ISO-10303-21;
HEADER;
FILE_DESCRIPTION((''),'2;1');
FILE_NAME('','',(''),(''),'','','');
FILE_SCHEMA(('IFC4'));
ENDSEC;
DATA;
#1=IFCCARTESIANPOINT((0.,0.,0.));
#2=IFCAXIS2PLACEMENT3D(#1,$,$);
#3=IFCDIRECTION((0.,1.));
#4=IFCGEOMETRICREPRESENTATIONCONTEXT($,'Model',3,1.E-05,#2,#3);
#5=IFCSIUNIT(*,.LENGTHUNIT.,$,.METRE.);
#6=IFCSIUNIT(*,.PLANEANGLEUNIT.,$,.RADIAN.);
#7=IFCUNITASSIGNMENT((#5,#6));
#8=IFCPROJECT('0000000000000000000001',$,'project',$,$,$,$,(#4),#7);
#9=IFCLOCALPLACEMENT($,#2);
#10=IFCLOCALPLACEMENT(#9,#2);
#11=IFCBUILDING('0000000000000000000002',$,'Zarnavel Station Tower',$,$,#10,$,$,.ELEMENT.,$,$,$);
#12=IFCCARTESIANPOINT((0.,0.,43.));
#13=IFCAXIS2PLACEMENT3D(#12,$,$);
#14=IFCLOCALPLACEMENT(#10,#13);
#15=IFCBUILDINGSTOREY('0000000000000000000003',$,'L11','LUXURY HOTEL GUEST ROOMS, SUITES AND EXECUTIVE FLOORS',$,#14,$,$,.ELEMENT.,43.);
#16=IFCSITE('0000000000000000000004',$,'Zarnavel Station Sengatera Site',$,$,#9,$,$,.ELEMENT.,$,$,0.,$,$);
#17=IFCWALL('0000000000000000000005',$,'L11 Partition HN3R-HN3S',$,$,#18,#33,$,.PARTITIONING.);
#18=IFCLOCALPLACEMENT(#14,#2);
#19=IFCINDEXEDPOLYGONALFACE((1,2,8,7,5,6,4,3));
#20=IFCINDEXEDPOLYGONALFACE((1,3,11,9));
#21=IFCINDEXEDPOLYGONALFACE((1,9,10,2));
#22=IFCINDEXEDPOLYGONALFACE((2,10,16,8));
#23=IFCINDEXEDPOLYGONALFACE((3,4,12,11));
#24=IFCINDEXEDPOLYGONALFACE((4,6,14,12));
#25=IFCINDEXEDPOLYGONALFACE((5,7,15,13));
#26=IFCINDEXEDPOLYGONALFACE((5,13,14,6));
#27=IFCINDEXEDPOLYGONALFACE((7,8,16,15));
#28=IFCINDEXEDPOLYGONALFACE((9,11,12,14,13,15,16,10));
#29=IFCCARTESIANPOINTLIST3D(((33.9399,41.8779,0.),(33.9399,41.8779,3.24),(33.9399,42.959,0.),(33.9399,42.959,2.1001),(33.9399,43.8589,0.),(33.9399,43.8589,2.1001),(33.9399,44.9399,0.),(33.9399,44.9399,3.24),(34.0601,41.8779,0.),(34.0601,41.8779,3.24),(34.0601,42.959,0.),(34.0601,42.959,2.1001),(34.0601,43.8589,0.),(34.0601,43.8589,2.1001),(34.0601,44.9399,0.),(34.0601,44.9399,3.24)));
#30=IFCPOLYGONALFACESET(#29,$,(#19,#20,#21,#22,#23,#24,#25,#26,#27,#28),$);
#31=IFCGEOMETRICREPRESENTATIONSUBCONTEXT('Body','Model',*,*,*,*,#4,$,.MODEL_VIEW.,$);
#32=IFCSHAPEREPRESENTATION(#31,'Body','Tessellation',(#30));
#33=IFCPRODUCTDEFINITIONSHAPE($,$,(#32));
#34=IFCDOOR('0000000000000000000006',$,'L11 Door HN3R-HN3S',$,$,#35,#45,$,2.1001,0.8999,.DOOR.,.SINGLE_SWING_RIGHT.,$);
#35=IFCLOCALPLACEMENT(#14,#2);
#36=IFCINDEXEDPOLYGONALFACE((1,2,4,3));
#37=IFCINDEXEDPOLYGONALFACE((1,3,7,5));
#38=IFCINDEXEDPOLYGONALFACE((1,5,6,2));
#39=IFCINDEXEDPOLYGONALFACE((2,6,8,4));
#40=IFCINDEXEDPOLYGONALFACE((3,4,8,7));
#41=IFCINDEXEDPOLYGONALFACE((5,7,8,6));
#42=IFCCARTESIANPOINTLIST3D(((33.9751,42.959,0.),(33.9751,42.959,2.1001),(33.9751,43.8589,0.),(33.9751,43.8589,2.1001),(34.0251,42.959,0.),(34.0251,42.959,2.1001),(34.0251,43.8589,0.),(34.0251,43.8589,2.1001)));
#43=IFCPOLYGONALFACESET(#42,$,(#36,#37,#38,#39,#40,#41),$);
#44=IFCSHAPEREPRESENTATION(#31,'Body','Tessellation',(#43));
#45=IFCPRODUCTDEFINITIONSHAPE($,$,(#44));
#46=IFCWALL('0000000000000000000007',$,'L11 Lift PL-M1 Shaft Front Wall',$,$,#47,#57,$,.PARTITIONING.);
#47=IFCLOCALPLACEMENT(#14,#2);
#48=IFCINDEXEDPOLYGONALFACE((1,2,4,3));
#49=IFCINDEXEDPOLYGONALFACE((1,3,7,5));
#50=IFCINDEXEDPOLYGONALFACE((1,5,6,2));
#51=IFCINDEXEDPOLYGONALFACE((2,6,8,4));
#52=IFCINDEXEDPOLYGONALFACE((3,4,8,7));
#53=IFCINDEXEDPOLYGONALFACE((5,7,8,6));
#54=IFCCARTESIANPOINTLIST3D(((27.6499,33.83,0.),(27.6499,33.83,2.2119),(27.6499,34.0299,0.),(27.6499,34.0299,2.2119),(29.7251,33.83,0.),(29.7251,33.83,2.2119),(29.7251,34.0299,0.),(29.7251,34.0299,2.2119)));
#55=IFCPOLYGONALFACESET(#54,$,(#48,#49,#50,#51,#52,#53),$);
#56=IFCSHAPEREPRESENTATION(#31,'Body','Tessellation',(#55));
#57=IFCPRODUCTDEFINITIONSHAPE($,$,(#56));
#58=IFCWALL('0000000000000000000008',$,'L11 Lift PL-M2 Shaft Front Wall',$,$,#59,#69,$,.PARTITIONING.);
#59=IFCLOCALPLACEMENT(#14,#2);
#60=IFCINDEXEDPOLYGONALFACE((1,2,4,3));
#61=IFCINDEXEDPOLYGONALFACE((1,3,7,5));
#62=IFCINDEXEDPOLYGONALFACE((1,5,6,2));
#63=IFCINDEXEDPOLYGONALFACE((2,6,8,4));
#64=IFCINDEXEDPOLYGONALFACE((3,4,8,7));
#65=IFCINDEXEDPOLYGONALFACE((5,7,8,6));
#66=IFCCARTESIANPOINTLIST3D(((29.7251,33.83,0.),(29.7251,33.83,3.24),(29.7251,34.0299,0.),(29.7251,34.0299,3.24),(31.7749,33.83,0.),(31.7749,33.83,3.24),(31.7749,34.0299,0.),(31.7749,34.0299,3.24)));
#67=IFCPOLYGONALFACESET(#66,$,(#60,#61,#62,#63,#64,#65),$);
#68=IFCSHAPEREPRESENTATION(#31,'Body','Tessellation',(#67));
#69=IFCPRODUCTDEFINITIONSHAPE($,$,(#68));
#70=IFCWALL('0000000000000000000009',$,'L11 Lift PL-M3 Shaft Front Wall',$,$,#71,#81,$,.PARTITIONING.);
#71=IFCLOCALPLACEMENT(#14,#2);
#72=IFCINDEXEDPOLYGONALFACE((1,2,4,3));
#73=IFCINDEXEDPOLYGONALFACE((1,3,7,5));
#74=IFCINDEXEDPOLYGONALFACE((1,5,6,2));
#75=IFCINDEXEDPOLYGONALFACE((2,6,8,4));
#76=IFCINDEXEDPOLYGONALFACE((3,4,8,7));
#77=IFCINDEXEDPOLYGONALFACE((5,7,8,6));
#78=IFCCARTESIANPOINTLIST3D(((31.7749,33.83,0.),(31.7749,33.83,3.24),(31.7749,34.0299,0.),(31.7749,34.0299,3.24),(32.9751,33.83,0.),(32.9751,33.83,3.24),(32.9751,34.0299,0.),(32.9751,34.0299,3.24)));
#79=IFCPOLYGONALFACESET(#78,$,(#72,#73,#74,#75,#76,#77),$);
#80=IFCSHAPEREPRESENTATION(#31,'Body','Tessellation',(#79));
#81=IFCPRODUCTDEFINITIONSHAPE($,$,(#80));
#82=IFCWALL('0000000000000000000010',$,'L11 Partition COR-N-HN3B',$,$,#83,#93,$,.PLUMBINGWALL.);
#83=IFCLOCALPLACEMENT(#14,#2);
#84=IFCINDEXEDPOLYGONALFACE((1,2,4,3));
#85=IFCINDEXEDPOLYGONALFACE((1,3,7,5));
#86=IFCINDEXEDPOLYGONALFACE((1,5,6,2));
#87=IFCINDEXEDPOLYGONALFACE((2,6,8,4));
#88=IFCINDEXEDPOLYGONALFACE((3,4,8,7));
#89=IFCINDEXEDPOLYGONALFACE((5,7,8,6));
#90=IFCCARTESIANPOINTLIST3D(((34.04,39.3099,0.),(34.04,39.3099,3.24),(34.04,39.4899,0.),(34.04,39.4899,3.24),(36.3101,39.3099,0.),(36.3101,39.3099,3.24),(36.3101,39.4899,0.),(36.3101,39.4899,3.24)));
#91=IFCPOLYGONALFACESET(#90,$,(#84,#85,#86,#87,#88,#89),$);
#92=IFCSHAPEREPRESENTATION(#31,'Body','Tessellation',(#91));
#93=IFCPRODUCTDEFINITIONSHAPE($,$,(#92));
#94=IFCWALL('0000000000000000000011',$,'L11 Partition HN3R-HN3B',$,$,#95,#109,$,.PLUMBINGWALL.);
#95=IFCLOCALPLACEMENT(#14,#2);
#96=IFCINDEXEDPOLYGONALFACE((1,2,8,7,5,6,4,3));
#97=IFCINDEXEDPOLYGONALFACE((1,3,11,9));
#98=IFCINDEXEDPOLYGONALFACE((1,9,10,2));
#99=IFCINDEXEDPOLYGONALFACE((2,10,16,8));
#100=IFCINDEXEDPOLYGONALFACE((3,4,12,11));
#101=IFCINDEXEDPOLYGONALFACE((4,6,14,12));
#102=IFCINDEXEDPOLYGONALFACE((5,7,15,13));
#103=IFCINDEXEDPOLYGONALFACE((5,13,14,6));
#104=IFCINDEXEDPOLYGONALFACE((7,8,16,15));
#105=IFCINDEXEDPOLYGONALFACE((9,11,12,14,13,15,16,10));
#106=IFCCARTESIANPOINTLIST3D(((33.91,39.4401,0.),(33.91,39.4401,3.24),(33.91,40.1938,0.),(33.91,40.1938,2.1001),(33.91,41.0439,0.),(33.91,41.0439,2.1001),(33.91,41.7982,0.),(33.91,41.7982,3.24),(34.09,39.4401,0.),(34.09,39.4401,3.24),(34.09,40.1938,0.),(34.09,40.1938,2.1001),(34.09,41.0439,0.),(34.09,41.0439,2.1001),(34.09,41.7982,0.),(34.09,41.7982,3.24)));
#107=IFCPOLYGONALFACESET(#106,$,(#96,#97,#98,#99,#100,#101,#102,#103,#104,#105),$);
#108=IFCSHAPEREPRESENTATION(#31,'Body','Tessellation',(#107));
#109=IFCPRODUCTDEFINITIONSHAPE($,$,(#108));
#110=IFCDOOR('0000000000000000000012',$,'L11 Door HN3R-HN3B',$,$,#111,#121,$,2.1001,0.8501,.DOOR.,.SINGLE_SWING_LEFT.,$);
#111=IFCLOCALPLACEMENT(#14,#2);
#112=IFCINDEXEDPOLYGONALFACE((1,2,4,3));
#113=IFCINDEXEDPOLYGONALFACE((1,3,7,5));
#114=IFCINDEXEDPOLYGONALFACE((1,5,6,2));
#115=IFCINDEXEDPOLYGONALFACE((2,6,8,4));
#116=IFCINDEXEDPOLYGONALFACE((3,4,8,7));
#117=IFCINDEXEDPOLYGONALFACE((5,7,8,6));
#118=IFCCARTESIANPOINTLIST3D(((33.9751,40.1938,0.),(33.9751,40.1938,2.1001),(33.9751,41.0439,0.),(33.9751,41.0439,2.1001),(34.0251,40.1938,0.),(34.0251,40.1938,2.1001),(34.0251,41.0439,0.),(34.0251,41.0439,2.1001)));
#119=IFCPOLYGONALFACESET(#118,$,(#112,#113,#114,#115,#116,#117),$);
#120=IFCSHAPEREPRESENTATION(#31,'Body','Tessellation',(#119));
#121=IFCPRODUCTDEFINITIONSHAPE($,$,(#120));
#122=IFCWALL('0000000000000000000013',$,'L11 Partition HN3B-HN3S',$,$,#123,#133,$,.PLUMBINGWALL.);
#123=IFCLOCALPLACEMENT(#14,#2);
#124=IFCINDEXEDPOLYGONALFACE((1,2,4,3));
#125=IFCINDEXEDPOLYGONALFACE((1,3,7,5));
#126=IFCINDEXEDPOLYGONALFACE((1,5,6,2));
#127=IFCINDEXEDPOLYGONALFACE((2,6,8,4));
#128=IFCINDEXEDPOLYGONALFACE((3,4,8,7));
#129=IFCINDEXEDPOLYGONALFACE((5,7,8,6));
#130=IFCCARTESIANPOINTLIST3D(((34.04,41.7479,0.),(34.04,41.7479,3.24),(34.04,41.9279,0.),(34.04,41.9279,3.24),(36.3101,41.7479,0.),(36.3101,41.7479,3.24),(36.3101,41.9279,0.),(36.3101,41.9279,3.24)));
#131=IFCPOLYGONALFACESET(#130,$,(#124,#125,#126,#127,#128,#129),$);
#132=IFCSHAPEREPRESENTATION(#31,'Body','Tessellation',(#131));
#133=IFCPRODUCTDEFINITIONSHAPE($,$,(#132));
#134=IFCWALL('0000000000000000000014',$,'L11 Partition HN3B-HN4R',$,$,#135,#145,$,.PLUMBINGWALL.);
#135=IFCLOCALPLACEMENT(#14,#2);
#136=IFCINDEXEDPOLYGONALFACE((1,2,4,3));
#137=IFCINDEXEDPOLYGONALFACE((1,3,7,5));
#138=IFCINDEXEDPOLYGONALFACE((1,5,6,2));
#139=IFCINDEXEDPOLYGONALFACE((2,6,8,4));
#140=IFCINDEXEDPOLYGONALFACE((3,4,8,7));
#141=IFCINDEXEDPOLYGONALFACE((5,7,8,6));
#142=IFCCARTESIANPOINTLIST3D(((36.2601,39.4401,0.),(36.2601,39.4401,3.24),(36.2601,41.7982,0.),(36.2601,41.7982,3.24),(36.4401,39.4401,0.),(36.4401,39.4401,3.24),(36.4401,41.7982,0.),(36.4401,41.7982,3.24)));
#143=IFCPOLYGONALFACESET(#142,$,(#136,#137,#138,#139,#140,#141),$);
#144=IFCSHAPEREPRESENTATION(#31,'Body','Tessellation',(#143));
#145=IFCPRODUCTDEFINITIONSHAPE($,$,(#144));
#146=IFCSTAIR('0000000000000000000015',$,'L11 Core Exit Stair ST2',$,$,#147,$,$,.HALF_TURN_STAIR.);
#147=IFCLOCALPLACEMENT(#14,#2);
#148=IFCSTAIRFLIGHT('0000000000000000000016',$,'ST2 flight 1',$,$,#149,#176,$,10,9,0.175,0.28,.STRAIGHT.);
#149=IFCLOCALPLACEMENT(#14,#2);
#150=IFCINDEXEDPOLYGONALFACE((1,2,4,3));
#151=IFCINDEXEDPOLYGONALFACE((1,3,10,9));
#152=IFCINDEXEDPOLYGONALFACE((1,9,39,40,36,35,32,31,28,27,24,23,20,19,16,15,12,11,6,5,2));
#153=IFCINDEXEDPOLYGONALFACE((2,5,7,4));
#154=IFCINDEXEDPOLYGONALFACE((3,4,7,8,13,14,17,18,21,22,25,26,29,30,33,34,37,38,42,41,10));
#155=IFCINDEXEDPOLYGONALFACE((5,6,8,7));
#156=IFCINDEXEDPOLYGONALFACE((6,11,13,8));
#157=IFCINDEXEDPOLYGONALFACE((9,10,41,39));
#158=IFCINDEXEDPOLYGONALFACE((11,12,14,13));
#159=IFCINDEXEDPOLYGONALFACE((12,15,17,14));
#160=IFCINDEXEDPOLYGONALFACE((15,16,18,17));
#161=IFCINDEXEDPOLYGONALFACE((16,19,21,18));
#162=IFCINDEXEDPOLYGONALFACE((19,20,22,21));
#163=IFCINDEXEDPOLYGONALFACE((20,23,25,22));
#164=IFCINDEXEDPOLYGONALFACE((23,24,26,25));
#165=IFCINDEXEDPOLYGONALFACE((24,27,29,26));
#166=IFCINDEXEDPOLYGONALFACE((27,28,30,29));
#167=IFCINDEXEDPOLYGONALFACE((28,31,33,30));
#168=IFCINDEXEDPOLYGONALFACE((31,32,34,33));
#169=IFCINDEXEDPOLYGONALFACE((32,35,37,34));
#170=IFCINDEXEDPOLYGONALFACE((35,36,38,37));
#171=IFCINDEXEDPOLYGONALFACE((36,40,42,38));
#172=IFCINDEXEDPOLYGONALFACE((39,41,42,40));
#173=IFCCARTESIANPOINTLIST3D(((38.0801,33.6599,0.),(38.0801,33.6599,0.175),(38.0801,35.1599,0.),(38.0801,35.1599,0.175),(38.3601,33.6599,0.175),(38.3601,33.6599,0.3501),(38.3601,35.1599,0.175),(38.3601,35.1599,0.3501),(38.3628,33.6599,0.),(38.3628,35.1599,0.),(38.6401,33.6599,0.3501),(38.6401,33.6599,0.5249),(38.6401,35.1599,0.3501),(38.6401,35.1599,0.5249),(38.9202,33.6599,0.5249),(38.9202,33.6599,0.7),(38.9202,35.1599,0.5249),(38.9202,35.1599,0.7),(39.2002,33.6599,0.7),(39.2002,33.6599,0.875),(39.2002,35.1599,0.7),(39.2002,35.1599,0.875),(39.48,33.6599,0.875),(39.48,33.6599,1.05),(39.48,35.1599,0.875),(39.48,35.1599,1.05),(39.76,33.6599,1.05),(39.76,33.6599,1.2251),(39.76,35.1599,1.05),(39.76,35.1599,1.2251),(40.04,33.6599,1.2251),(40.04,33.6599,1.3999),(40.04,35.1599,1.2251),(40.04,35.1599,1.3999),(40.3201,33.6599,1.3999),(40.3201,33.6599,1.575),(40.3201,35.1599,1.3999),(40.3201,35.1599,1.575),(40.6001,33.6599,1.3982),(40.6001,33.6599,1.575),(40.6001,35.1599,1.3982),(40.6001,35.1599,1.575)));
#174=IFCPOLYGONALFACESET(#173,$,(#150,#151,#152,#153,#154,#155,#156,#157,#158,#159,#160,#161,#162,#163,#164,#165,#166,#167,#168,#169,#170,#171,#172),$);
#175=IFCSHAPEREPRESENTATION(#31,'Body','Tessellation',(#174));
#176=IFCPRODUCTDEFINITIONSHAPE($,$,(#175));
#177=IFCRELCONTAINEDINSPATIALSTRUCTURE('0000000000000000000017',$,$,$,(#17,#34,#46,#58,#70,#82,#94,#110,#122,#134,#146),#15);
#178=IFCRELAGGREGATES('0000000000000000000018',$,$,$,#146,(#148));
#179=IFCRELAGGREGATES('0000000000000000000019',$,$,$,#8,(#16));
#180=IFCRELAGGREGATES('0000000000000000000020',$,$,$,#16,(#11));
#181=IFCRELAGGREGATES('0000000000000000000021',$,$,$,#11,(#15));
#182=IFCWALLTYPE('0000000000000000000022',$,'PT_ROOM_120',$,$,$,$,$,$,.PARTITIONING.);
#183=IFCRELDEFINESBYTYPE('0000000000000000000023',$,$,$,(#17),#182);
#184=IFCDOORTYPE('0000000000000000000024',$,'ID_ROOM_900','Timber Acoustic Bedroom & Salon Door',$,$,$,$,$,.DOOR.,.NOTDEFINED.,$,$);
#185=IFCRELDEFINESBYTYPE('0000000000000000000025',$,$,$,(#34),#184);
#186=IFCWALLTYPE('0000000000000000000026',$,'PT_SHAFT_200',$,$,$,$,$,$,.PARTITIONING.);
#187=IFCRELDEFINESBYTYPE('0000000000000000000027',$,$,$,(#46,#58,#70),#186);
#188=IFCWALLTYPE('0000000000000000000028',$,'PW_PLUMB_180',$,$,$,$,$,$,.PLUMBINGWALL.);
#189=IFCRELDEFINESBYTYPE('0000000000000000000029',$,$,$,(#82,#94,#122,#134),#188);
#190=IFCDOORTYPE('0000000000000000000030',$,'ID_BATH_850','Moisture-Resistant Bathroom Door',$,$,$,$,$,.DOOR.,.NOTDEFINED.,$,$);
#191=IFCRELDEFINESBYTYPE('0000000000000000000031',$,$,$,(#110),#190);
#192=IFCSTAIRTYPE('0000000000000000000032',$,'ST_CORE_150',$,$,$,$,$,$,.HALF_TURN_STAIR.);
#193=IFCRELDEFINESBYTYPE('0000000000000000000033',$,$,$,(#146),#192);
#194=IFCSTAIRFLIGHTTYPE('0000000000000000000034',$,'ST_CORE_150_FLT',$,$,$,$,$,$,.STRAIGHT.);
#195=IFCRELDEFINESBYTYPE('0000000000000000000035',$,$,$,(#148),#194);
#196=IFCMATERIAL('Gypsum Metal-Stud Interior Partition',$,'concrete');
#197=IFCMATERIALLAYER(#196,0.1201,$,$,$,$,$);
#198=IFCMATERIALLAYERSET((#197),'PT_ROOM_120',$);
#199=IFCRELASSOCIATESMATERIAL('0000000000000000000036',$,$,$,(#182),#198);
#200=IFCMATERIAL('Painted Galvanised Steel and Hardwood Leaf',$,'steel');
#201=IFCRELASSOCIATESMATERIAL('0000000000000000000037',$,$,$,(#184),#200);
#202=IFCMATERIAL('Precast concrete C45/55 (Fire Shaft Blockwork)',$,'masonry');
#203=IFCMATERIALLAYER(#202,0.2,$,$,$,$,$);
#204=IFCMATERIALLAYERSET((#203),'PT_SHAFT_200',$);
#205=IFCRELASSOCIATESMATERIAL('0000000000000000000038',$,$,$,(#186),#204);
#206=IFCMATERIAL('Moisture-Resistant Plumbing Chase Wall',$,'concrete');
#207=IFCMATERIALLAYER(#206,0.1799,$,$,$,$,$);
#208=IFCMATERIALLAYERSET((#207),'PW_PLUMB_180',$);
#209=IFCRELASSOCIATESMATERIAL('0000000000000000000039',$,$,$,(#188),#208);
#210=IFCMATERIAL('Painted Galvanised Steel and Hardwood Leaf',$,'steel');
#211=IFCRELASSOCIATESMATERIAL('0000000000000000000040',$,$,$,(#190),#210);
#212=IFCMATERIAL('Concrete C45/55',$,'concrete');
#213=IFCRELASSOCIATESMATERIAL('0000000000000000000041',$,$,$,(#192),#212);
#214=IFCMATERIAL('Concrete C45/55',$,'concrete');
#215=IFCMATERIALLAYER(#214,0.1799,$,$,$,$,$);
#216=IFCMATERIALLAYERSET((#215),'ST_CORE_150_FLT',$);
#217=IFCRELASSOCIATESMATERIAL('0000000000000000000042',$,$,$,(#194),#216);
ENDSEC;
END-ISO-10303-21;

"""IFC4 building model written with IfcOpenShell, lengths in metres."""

from ifc_helpers import new_model, si_unit, direction, frame, frame_2d, origin, place, context, subcontext, project, spatial, polyline, rectangle, outline, extrude, material, layer, layer_set, type_object, element, fill, aggregate, save


model = new_model("IFC4")

# Units and contexts
model_context = context("Model", 3, precision=1e-05, world=origin(), true_north=direction((0.0, 1.0)))
body_context = subcontext(model_context, "Body", "Model", "MODEL_VIEW")
ifc_project = project(units=[si_unit("LENGTHUNIT", "METRE"), si_unit("PLANEANGLEUNIT", "RADIAN")], contexts=[model_context])

# Site, building, storey
site_placement = place(None, origin())
site = spatial("IfcSite", under=ifc_project, at=site_placement, Name="Zarnavel Station Sengatera Site", CompositionType="ELEMENT", RefElevation=0.0)
building_placement = place(site_placement, origin())
building = spatial("IfcBuilding", under=site, at=building_placement, Name="Zarnavel Station Tower", CompositionType="ELEMENT")
storey_placement = place(building_placement, frame((0.0, 0.0, 43.0)))
storey = spatial("IfcBuildingStorey", under=building, at=storey_placement, Name="L11", Description="LUXURY HOTEL GUEST ROOMS, SUITES AND EXECUTIVE FLOORS", CompositionType="ELEMENT", Elevation=43.0)

# Wall, opening, door
ifc_material_1 = material(Name="Gypsum Metal-Stud Interior Partition", Category="concrete")
ifc_layer_1 = layer(ifc_material_1, 0.1201)
ifc_layer_set_1 = layer_set([ifc_layer_1], Name="PT_ROOM_120")
wall_type_1 = type_object("IfcWallType", Name="PT_ROOM_120", PredefinedType="PARTITIONING", material=ifc_layer_set_1)
wall_1_placement = place(storey_placement, frame((34.0, 41.8779, 0.0), z_axis=(0.0, 0.0, 1.0), x_axis=(0.0, 1.0, 0.0)))
wall_1 = element("IfcWall", 1, at=wall_1_placement, inside=storey, type_object=wall_type_1, Name="L11 Partition HN3R-HN3S", PredefinedType="PARTITIONING", context=body_context, shape_type="SweptSolid", body=[
    extrude(rectangle(XDim=3.062, YDim=0.1201, at=frame_2d((1.531, 0.0))), origin(), (0.0, 0.0, 1.0), 3.24),
])
opening_1_placement = place(wall_1_placement, frame((1.0811, 0.0, 0.0)))
opening_1 = element("IfcOpeningElement", 2, at=opening_1_placement, cuts=wall_1, PredefinedType="OPENING", context=body_context, shape_type="SweptSolid", body=[
    extrude(rectangle(XDim=0.8999, YDim=2.1001, at=frame_2d((0.45, 1.05))), frame((0.0, 0.0701, 0.0), z_axis=(0.0, -1.0, 0.0), x_axis=(1.0, 0.0, 0.0)), (0.0, 0.0, 1.0), 0.1401),
])
ifc_material_2 = material(Name="Painted Galvanised Steel and Hardwood Leaf", Category="steel")
door_type_1 = type_object("IfcDoorType", Name="ID_ROOM_900", Description="Timber Acoustic Bedroom & Salon Door", OperationType="NOTDEFINED", PredefinedType="DOOR", material=ifc_material_2)
door_1_placement = place(opening_1_placement, origin())
door_1 = element("IfcDoor", 3, at=door_1_placement, inside=storey, type_object=door_type_1, Name="L11 Door HN3R-HN3S", OperationType="SINGLE_SWING_RIGHT", OverallHeight=2.1001, OverallWidth=0.8999, PredefinedType="DOOR", context=body_context, shape_type="SweptSolid", body=[
    extrude(rectangle(XDim=0.8999, YDim=2.1001, at=frame_2d((0.45, 1.05))), frame((0.0, 0.0249, 0.0), z_axis=(0.0, -1.0, 0.0), x_axis=(1.0, 0.0, 0.0)), (0.0, 0.0, 1.0), 0.05),
])
fill(opening_1, door_1)
ifc_material_3 = material(Name="Precast concrete C45/55 (Fire Shaft Blockwork)", Category="masonry")
ifc_layer_2 = layer(ifc_material_3, 0.2)
ifc_layer_set_2 = layer_set([ifc_layer_2], Name="PT_SHAFT_200")
wall_type_2 = type_object("IfcWallType", Name="PT_SHAFT_200", PredefinedType="PARTITIONING", material=ifc_layer_set_2)

# Walls
wall_2_placement = place(storey_placement, frame((27.6499, 33.9299, 0.0), z_axis=(0.0, 0.0, 1.0), x_axis=(1.0, 0.0, 0.0)))
element("IfcWall", 4, at=wall_2_placement, inside=storey, type_object=wall_type_2, Name="L11 Lift PL-M1 Shaft Front Wall", PredefinedType="PARTITIONING", context=body_context, shape_type="SweptSolid", body=[
    extrude(rectangle(XDim=2.0752, YDim=0.2, at=frame_2d((1.0376, 0.0))), origin(), (0.0, 0.0, 1.0), 2.2119),
])
wall_3_placement = place(storey_placement, frame((29.7251, 33.9299, 0.0), z_axis=(0.0, 0.0, 1.0), x_axis=(1.0, 0.0, 0.0)))
element("IfcWall", 5, at=wall_3_placement, inside=storey, type_object=wall_type_2, Name="L11 Lift PL-M2 Shaft Front Wall", PredefinedType="PARTITIONING", context=body_context, shape_type="SweptSolid", body=[
    extrude(rectangle(XDim=2.0498, YDim=0.2, at=frame_2d((1.0249, 0.0))), origin(), (0.0, 0.0, 1.0), 3.24),
])
wall_4_placement = place(storey_placement, frame((31.7749, 33.9299, 0.0), z_axis=(0.0, 0.0, 1.0), x_axis=(1.0, 0.0, 0.0)))
element("IfcWall", 6, at=wall_4_placement, inside=storey, type_object=wall_type_2, Name="L11 Lift PL-M3 Shaft Front Wall", PredefinedType="PARTITIONING", context=body_context, shape_type="SweptSolid", body=[
    extrude(rectangle(XDim=1.2002, YDim=0.2, at=frame_2d((0.6001, 0.0))), origin(), (0.0, 0.0, 1.0), 3.24),
])
ifc_material_4 = material(Name="Moisture-Resistant Plumbing Chase Wall", Category="concrete")
ifc_layer_3 = layer(ifc_material_4, 0.1799)
ifc_layer_set_3 = layer_set([ifc_layer_3], Name="PW_PLUMB_180")
wall_type_3 = type_object("IfcWallType", Name="PW_PLUMB_180", PredefinedType="PLUMBINGWALL", material=ifc_layer_set_3)
wall_5_placement = place(storey_placement, frame((34.04, 39.3999, 0.0), z_axis=(0.0, 0.0, 1.0), x_axis=(1.0, 0.0, 0.0)))
element("IfcWall", 7, at=wall_5_placement, inside=storey, type_object=wall_type_3, Name="L11 Partition COR-N-HN3B", PredefinedType="PLUMBINGWALL", context=body_context, shape_type="SweptSolid", body=[
    extrude(rectangle(XDim=2.27, YDim=0.1799, at=frame_2d((1.135, 0.0))), origin(), (0.0, 0.0, 1.0), 3.24),
])

# Wall, opening, door
wall_6_placement = place(storey_placement, frame((34.0, 39.4399, 0.0), z_axis=(0.0, 0.0, 1.0), x_axis=(0.0, 1.0, 0.0)))
wall_6 = element("IfcWall", 8, at=wall_6_placement, inside=storey, type_object=wall_type_3, Name="L11 Partition HN3R-HN3B", PredefinedType="PLUMBINGWALL", context=body_context, shape_type="SweptSolid", body=[
    extrude(rectangle(XDim=2.3582, YDim=0.1799, at=frame_2d((1.1792, 0.0))), origin(), (0.0, 0.0, 1.0), 3.24),
])
opening_2_placement = place(wall_6_placement, frame((0.7539, 0.0, 0.0)))
opening_2 = element("IfcOpeningElement", 9, at=opening_2_placement, cuts=wall_6, PredefinedType="OPENING", context=body_context, shape_type="SweptSolid", body=[
    extrude(rectangle(XDim=0.8501, YDim=2.1001, at=frame_2d((0.425, 1.05))), frame((0.0, 0.0999, 0.0), z_axis=(0.0, -1.0, 0.0), x_axis=(1.0, 0.0, 0.0)), (0.0, 0.0, 1.0), 0.2),
])
ifc_material_5 = material(Name="Painted Galvanised Steel and Hardwood Leaf", Category="steel")
door_type_2 = type_object("IfcDoorType", Name="ID_BATH_850", Description="Moisture-Resistant Bathroom Door", OperationType="NOTDEFINED", PredefinedType="DOOR", material=ifc_material_5)
door_2_placement = place(opening_2_placement, origin())
door_2 = element("IfcDoor", 10, at=door_2_placement, inside=storey, type_object=door_type_2, Name="L11 Door HN3R-HN3B", OperationType="SINGLE_SWING_LEFT", OverallHeight=2.1001, OverallWidth=0.8501, PredefinedType="DOOR", context=body_context, shape_type="SweptSolid", body=[
    extrude(rectangle(XDim=0.8501, YDim=2.1001, at=frame_2d((0.425, 1.05))), frame((0.0, 0.0249, 0.0), z_axis=(0.0, -1.0, 0.0), x_axis=(1.0, 0.0, 0.0)), (0.0, 0.0, 1.0), 0.05),
])
fill(opening_2, door_2)

# Walls
wall_7_placement = place(storey_placement, frame((34.04, 41.8379, 0.0), z_axis=(0.0, 0.0, 1.0), x_axis=(1.0, 0.0, 0.0)))
element("IfcWall", 11, at=wall_7_placement, inside=storey, type_object=wall_type_3, Name="L11 Partition HN3B-HN3S", PredefinedType="PLUMBINGWALL", context=body_context, shape_type="SweptSolid", body=[
    extrude(rectangle(XDim=2.27, YDim=0.1799, at=frame_2d((1.135, 0.0))), origin(), (0.0, 0.0, 1.0), 3.24),
])
wall_8_placement = place(storey_placement, frame((36.3501, 39.4399, 0.0), z_axis=(0.0, 0.0, 1.0), x_axis=(0.0, 1.0, 0.0)))
element("IfcWall", 12, at=wall_8_placement, inside=storey, type_object=wall_type_3, Name="L11 Partition HN3B-HN4R", PredefinedType="PLUMBINGWALL", context=body_context, shape_type="SweptSolid", body=[
    extrude(rectangle(XDim=2.3582, YDim=0.1799, at=frame_2d((1.1792, 0.0))), origin(), (0.0, 0.0, 1.0), 3.24),
])

# Stair, stair flight
ifc_material_6 = material(Name="Concrete C45/55", Category="concrete")
stair_type = type_object("IfcStairType", Name="ST_CORE_150", PredefinedType="HALF_TURN_STAIR", material=ifc_material_6)
stair_placement = place(storey_placement, origin())
stair = element("IfcStair", 13, at=stair_placement, inside=storey, type_object=stair_type, Name="L11 Core Exit Stair ST2", PredefinedType="HALF_TURN_STAIR")
ifc_material_7 = material(Name="Concrete C45/55", Category="concrete")
ifc_layer_4 = layer(ifc_material_7, 0.1799)
ifc_layer_set_4 = layer_set([ifc_layer_4], Name="ST_CORE_150_FLT")
stair_flight_type = type_object("IfcStairFlightType", Name="ST_CORE_150_FLT", PredefinedType="STRAIGHT", material=ifc_layer_set_4)
stair_flight_1_placement = place(storey_placement, frame((38.0801, 34.4099, 0.0), z_axis=(0.0, 0.0, 1.0), x_axis=(1.0, 0.0, 0.0)))
stair_flight_1 = element("IfcStairFlight", 14, at=stair_flight_1_placement, type_object=stair_flight_type, Name="ST2 flight 1", NumberOfRisers=10, NumberOfTreads=9, PredefinedType="STRAIGHT", RiserHeight=0.175, TreadLength=0.28, context=body_context, shape_type="SweptSolid", body=[
    extrude(outline(polyline([(0.0, 0.0), (0.0, 0.175), (0.28, 0.175), (0.28, 0.3501), (0.5601, 0.3501), (0.5601, 0.5249), (0.8401, 0.5249), (0.8401, 0.7), (1.1201, 0.7), (1.1201, 0.875), (1.3999, 0.875), (1.3999, 1.05), (1.6799, 1.05), (1.6799, 1.2251), (1.96, 1.2251), (1.96, 1.3999), (2.24, 1.3999), (2.24, 1.575), (2.52, 1.575), (2.52, 1.75), (2.52, 1.3982), (0.2827, 0.0), (0.0, 0.0)])), frame((0.0, 0.75, 0.0), z_axis=(0.0, -1.0, 0.0), x_axis=(1.0, 0.0, 0.0)), (0.0, 0.0, 1.0), 1.5),
])
aggregate(stair, [stair_flight_1])

save(model, "model.ifc")
